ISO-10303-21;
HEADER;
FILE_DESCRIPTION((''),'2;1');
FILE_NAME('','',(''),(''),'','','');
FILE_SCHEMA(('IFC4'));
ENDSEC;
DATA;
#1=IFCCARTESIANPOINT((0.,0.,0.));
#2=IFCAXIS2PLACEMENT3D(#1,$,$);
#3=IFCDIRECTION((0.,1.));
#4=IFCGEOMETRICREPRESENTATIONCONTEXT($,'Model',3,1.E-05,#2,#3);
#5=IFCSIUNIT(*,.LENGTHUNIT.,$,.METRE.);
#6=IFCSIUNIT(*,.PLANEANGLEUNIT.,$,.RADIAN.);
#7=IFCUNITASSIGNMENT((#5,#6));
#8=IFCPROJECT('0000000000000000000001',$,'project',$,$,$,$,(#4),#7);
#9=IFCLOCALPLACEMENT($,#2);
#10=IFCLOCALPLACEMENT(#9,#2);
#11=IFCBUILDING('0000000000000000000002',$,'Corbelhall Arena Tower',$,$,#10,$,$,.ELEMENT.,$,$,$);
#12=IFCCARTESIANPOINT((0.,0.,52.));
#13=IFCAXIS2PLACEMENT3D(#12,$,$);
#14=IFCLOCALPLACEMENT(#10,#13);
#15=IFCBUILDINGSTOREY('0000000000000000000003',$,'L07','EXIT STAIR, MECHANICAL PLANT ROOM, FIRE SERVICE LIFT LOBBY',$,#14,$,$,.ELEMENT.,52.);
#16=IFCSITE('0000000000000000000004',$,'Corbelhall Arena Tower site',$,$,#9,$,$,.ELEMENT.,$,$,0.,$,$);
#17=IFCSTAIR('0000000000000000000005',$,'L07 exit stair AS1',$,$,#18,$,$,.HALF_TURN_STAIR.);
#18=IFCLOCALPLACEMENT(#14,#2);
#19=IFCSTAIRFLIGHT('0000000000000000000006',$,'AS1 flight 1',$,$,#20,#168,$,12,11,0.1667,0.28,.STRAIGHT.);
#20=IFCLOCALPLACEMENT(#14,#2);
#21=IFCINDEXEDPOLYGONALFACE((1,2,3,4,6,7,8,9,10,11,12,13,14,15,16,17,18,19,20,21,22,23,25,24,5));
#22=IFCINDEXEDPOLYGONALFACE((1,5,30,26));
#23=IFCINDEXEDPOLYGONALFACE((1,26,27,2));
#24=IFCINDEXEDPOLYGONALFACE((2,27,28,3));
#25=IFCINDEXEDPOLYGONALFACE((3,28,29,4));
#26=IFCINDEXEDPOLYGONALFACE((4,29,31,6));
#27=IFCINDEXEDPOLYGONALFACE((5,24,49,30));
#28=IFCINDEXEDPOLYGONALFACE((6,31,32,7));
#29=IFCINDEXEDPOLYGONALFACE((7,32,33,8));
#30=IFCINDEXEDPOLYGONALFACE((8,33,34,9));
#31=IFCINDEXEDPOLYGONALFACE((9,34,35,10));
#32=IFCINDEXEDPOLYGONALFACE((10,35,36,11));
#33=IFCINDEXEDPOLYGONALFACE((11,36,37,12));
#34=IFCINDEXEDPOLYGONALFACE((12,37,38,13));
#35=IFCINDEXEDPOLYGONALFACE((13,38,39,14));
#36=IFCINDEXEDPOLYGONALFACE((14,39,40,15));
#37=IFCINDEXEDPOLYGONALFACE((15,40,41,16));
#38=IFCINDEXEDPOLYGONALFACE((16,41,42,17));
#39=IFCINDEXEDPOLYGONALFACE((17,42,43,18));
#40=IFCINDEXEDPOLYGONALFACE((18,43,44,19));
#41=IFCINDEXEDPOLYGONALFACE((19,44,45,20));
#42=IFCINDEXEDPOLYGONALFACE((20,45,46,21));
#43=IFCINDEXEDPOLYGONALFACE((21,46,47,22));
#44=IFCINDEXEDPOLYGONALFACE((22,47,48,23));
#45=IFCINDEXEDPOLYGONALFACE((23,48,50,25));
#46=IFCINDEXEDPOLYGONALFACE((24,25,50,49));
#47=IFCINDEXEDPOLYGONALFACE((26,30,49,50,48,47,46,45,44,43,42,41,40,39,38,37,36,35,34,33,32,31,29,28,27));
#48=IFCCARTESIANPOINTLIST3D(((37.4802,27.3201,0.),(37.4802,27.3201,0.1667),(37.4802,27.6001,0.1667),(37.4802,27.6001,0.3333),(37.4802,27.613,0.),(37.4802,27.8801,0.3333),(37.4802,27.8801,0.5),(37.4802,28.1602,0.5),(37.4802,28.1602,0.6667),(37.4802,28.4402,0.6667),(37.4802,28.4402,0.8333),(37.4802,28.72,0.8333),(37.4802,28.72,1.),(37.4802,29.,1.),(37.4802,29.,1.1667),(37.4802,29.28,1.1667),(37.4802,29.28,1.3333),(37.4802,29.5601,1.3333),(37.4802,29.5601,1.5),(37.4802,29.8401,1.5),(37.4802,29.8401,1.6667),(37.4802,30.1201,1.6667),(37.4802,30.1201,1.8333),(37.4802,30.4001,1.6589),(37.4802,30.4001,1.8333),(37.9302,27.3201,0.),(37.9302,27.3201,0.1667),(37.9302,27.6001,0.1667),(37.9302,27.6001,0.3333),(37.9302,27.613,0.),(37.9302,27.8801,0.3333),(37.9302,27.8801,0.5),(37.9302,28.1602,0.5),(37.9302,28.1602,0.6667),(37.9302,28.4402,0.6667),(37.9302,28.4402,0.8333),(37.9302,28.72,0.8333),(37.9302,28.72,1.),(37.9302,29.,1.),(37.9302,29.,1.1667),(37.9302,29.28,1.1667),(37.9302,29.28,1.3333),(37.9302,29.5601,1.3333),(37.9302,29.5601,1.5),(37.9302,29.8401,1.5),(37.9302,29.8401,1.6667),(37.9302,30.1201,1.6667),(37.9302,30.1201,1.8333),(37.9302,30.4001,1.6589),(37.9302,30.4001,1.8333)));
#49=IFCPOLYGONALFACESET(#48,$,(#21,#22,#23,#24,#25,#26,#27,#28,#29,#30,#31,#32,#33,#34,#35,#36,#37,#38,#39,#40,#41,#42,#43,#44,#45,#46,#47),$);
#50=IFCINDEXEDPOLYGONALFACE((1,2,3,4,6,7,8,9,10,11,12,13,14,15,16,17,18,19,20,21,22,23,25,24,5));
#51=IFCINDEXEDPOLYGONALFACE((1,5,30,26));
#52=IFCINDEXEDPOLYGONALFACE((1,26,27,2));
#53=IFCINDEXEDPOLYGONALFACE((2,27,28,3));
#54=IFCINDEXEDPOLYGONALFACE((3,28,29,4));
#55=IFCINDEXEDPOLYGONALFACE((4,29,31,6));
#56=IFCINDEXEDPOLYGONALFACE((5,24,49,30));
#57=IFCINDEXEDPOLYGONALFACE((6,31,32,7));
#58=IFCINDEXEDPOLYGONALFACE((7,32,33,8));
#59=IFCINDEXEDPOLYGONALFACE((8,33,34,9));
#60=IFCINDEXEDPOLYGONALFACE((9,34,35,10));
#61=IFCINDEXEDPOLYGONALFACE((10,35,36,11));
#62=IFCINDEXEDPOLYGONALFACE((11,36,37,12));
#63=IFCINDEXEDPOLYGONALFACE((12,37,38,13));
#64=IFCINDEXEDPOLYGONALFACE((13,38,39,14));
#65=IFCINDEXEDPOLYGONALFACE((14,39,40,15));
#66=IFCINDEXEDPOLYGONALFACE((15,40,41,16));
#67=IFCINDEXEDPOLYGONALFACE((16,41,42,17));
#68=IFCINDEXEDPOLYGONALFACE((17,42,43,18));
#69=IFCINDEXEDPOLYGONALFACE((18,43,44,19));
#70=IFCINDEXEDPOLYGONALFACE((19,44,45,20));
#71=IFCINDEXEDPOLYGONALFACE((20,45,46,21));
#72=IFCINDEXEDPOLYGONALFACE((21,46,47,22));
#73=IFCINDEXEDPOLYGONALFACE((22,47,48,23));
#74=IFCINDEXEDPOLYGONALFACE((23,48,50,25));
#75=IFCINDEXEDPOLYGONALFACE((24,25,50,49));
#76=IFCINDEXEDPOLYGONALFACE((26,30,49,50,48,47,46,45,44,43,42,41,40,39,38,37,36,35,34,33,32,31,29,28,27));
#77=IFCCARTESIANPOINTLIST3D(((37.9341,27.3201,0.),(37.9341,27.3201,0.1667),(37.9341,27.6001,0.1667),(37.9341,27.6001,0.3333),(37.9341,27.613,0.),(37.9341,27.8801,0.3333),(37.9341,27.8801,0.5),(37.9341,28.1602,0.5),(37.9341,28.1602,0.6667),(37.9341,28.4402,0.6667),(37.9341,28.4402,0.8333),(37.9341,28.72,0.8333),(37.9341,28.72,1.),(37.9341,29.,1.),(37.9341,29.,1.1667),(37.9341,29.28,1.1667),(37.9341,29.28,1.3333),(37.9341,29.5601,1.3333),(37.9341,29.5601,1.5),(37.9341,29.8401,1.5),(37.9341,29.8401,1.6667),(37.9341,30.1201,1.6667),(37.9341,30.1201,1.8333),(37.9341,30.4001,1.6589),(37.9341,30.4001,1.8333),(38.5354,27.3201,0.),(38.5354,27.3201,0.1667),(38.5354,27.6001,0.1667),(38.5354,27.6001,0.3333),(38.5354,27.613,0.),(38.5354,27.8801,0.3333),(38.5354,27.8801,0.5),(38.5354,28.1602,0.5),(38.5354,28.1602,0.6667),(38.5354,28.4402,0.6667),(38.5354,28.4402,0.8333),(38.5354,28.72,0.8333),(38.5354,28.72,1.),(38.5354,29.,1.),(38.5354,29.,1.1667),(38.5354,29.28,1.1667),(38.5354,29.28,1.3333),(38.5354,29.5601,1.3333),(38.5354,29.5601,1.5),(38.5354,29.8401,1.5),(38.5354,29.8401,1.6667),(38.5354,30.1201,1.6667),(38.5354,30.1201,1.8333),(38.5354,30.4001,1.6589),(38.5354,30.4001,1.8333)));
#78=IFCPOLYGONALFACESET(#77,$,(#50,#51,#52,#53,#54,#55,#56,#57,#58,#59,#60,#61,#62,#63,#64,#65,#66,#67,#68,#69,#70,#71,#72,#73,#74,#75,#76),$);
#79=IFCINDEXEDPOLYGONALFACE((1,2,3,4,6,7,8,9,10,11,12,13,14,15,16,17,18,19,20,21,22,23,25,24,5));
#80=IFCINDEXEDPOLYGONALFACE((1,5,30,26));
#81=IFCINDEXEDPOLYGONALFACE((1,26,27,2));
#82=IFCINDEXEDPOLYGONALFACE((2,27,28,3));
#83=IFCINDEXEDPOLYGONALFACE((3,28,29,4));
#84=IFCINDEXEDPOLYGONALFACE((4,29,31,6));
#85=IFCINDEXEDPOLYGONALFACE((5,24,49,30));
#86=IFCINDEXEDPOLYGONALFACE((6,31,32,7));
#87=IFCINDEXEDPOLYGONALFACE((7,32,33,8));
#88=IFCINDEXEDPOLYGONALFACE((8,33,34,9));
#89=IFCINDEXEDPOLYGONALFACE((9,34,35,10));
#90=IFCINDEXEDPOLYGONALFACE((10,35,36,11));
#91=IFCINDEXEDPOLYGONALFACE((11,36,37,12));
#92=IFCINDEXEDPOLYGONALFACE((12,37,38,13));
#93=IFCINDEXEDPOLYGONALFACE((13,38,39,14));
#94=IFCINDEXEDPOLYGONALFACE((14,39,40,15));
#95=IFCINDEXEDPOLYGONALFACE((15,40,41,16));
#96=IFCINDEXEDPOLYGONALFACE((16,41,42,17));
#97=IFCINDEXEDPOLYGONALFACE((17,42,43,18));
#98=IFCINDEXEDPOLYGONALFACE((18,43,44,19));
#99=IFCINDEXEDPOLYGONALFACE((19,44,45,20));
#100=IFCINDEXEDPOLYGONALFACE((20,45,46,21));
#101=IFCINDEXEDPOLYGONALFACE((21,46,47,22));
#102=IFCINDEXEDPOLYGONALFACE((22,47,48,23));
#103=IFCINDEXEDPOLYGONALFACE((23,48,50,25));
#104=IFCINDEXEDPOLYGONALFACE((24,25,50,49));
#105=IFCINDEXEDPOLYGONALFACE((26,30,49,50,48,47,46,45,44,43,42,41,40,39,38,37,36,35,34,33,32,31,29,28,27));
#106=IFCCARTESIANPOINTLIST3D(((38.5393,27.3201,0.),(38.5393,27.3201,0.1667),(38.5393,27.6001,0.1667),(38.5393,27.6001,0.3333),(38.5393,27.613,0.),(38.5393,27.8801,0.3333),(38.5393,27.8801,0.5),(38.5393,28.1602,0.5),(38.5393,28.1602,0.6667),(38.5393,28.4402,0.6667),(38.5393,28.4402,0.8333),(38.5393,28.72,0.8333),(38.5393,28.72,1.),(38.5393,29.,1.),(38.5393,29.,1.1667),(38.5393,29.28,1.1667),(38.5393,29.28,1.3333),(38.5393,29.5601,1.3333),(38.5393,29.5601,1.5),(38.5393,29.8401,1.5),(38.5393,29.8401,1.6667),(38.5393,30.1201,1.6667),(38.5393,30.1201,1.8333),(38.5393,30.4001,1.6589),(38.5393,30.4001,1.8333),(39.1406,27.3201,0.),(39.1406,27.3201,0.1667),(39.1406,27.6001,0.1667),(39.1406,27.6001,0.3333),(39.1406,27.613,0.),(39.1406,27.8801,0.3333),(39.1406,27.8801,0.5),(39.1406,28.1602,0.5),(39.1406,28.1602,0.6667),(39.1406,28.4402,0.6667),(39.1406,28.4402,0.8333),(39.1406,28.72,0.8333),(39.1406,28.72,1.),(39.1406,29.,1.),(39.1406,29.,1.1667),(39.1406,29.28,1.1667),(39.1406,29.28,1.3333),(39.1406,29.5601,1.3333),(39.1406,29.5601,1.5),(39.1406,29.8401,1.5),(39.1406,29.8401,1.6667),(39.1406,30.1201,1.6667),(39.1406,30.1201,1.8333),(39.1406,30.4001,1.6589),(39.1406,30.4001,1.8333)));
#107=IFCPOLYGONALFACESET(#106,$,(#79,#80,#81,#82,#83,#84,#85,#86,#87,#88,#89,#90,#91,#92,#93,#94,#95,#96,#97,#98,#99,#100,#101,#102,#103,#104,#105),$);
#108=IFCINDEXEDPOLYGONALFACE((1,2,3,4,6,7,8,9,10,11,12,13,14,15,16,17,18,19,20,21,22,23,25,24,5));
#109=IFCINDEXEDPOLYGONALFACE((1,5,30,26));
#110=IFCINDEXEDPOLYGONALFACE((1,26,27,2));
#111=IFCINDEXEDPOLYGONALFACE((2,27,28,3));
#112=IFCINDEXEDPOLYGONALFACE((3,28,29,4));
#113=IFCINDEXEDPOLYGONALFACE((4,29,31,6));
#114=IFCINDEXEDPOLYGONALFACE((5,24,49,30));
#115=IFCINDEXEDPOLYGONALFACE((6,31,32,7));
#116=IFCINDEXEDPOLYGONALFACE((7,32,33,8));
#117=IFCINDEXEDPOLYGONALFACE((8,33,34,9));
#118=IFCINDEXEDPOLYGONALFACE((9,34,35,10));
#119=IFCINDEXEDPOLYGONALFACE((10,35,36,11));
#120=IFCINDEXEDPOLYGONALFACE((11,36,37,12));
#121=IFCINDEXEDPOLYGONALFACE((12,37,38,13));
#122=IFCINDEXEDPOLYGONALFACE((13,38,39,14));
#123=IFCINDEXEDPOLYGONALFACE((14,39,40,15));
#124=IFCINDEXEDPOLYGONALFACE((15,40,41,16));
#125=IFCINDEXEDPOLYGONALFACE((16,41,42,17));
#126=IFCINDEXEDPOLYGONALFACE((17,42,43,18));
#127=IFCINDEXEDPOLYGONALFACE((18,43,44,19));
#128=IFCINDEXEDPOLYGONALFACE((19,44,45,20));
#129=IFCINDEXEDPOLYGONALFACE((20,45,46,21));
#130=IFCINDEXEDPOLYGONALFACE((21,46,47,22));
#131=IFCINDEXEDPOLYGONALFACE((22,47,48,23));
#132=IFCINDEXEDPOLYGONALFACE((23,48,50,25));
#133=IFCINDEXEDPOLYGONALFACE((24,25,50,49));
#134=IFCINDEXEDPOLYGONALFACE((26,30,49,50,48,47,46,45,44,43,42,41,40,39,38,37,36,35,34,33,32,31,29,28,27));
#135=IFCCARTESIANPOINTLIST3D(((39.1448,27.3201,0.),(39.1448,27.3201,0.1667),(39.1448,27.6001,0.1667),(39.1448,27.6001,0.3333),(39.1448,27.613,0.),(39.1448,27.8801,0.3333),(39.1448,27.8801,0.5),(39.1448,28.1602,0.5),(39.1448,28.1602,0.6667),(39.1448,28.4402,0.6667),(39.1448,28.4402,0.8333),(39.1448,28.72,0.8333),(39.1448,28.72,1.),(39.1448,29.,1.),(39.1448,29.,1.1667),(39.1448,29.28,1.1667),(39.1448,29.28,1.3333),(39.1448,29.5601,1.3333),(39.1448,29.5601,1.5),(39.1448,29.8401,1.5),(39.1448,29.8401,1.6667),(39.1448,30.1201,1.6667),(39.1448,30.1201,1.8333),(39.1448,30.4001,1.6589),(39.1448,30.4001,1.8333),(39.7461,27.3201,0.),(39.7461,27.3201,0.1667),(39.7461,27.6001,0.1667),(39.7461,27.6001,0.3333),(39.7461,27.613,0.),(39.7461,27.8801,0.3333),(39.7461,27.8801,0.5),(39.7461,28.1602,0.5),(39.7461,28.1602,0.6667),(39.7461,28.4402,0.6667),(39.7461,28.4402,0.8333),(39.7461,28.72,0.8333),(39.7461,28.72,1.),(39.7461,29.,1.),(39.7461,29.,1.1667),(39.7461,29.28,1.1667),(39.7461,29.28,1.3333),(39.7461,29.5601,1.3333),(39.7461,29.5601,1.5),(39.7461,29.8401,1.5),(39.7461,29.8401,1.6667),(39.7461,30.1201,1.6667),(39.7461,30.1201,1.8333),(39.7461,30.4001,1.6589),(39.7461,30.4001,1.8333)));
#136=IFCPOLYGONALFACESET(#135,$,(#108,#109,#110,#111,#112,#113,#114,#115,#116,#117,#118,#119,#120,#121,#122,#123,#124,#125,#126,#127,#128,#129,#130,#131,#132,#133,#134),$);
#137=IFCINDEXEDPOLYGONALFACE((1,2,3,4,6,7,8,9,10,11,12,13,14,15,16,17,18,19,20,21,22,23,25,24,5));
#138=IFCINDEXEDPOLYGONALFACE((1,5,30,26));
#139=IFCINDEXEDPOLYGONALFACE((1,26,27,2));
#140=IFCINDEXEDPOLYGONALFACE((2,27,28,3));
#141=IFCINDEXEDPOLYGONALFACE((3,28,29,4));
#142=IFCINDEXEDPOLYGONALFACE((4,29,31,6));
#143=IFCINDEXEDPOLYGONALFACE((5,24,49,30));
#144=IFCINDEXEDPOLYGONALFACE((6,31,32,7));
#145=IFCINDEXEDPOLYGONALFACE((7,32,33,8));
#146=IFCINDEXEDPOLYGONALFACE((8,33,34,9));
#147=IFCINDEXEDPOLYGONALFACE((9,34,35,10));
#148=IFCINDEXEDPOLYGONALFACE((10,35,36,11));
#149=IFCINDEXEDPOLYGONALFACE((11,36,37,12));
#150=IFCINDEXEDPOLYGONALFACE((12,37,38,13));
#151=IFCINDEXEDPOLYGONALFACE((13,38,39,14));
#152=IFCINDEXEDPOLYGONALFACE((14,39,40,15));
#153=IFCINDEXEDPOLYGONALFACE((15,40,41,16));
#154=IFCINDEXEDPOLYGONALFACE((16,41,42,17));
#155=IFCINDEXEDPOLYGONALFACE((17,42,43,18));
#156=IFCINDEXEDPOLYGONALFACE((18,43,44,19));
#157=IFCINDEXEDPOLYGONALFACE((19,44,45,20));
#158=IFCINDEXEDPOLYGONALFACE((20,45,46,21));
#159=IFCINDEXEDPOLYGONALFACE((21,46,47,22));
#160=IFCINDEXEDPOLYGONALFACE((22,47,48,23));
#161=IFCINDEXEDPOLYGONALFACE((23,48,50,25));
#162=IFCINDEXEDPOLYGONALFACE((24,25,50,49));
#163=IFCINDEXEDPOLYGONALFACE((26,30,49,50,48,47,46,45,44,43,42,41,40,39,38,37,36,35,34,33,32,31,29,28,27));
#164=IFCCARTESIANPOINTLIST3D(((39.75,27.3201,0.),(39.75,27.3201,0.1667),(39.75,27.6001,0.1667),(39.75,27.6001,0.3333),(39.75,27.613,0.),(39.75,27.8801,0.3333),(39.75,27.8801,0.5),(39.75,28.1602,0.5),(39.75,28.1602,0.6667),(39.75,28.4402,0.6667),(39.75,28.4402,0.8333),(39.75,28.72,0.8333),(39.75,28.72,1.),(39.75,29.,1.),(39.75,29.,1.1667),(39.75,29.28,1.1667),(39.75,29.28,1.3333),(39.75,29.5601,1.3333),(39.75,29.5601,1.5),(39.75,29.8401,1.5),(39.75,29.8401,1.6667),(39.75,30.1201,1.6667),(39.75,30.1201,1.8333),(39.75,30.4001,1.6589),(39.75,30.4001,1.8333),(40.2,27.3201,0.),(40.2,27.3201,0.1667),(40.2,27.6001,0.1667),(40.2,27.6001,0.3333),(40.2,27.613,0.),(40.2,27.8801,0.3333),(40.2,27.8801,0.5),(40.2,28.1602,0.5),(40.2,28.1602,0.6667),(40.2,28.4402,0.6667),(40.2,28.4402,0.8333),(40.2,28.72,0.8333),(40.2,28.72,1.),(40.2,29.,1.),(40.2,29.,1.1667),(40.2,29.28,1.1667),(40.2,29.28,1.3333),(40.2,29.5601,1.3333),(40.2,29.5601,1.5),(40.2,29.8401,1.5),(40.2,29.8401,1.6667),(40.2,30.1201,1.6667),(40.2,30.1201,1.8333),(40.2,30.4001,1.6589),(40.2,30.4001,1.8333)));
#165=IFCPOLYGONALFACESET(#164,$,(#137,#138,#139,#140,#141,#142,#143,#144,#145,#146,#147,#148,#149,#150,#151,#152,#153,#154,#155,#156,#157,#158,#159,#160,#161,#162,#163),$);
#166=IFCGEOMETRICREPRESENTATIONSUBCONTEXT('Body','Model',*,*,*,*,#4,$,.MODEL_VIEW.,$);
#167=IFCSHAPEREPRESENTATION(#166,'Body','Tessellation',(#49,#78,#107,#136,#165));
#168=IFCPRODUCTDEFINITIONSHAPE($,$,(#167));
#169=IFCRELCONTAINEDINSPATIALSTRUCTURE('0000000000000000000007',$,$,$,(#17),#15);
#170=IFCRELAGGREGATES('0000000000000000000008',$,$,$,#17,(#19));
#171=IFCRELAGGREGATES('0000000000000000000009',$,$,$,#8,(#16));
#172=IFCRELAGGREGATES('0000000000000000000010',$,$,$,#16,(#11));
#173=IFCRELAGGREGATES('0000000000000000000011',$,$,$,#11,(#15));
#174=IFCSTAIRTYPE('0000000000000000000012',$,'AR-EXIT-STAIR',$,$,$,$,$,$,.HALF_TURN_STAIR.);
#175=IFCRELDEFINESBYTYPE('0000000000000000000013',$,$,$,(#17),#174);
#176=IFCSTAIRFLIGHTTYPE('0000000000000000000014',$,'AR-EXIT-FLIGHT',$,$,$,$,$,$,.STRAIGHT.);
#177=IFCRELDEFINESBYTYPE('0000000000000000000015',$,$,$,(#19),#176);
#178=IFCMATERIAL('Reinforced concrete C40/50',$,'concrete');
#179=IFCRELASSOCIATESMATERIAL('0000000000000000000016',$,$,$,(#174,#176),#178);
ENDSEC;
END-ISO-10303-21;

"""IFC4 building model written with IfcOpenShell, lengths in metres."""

from ifc_helpers import new_model, si_unit, direction, frame, origin, place, context, subcontext, project, spatial, polyline, outline, extrude, material, type_object, element, aggregate, save


model = new_model("IFC4")

# Units and contexts
model_context = context("Model", 3, precision=1e-05, world=origin(), true_north=direction((0.0, 1.0)))
body_context = subcontext(model_context, "Body", "Model", "MODEL_VIEW")
ifc_project = project(units=[si_unit("LENGTHUNIT", "METRE"), si_unit("PLANEANGLEUNIT", "RADIAN")], contexts=[model_context])

# Site, building, storey
site_placement = place(None, origin())
site = spatial("IfcSite", under=ifc_project, at=site_placement, Name="Corbelhall Arena Tower site", CompositionType="ELEMENT", RefElevation=0.0)
building_placement = place(site_placement, origin())
building = spatial("IfcBuilding", under=site, at=building_placement, Name="Corbelhall Arena Tower", CompositionType="ELEMENT")
storey_placement = place(building_placement, frame((0.0, 0.0, 52.0)))
storey = spatial("IfcBuildingStorey", under=building, at=storey_placement, Name="L07", Description="EXIT STAIR, MECHANICAL PLANT ROOM, FIRE SERVICE LIFT LOBBY", CompositionType="ELEMENT", Elevation=52.0)

# Shared definitions
ifc_material_1 = material(Name="Reinforced concrete C40/50", Category="concrete")

# Stair, stair flight
stair_type = type_object("IfcStairType", Name="AR-EXIT-STAIR", PredefinedType="HALF_TURN_STAIR", material=ifc_material_1)
stair_1_placement = place(storey_placement, origin())
stair_1 = element("IfcStair", 1, at=stair_1_placement, inside=storey, type_object=stair_type, Name="L07 exit stair AS1", PredefinedType="HALF_TURN_STAIR")
stair_flight_type = type_object("IfcStairFlightType", Name="AR-EXIT-FLIGHT", PredefinedType="STRAIGHT", material=ifc_material_1)
stair_flight_1_placement = place(storey_placement, frame((38.8401, 27.3201, 0.0), z_axis=(0.0, 0.0, 1.0), x_axis=(0.0, 1.0, 0.0)))
stair_flight_1 = element("IfcStairFlight", 2, at=stair_flight_1_placement, type_object=stair_flight_type, Name="AS1 flight 1", NumberOfRisers=12, NumberOfTreads=11, PredefinedType="STRAIGHT", RiserHeight=0.1667, TreadLength=0.28, context=body_context, shape_type="SweptSolid", body=[
    extrude(outline(polyline([(0.0, 0.0), (0.0, 0.1667), (0.28, 0.1667), (0.28, 0.3333), (0.5601, 0.3333), (0.5601, 0.5), (0.8401, 0.5), (0.8401, 0.6667), (1.1201, 0.6667), (1.1201, 0.8333), (1.3999, 0.8333), (1.3999, 1.0), (1.6799, 1.0), (1.6799, 1.1667), (1.96, 1.1667), (1.96, 1.3333), (2.24, 1.3333), (2.24, 1.5), (2.52, 1.5), (2.52, 1.6667), (2.8, 1.6667), (2.8, 1.8333), (3.0801, 1.8333), (3.0801, 2.0), (3.0801, 1.6589), (0.293, 0.0), (0.0, 0.0)])), frame((0.0, 1.3599, 0.0), z_axis=(0.0, -1.0, 0.0), x_axis=(1.0, 0.0, 0.0)), (0.0, 0.0, 1.0), 0.45),
    extrude(outline(polyline([(0.0, 0.0), (0.0, 0.1667), (0.28, 0.1667), (0.28, 0.3333), (0.5601, 0.3333), (0.5601, 0.5), (0.8401, 0.5), (0.8401, 0.6667), (1.1201, 0.6667), (1.1201, 0.8333), (1.3999, 0.8333), (1.3999, 1.0), (1.6799, 1.0), (1.6799, 1.1667), (1.96, 1.1667), (1.96, 1.3333), (2.24, 1.3333), (2.24, 1.5), (2.52, 1.5), (2.52, 1.6667), (2.8, 1.6667), (2.8, 1.8333), (3.0801, 1.8333), (3.0801, 2.0), (3.0801, 1.6589), (0.293, 0.0), (0.0, 0.0)])), frame((0.0, 0.906, 0.0), z_axis=(0.0, -1.0, 0.0), x_axis=(1.0, 0.0, 0.0)), (0.0, 0.0, 1.0), 0.6013),
    extrude(outline(polyline([(0.0, 0.0), (0.0, 0.1667), (0.28, 0.1667), (0.28, 0.3333), (0.5601, 0.3333), (0.5601, 0.5), (0.8401, 0.5), (0.8401, 0.6667), (1.1201, 0.6667), (1.1201, 0.8333), (1.3999, 0.8333), (1.3999, 1.0), (1.6799, 1.0), (1.6799, 1.1667), (1.96, 1.1667), (1.96, 1.3333), (2.24, 1.3333), (2.24, 1.5), (2.52, 1.5), (2.52, 1.6667), (2.8, 1.6667), (2.8, 1.8333), (3.0801, 1.8333), (3.0801, 2.0), (3.0801, 1.6589), (0.293, 0.0), (0.0, 0.0)])), frame((0.0, 0.3008, 0.0), z_axis=(0.0, -1.0, 0.0), x_axis=(1.0, 0.0, 0.0)), (0.0, 0.0, 1.0), 0.6013),
    extrude(outline(polyline([(0.0, 0.0), (0.0, 0.1667), (0.28, 0.1667), (0.28, 0.3333), (0.5601, 0.3333), (0.5601, 0.5), (0.8401, 0.5), (0.8401, 0.6667), (1.1201, 0.6667), (1.1201, 0.8333), (1.3999, 0.8333), (1.3999, 1.0), (1.6799, 1.0), (1.6799, 1.1667), (1.96, 1.1667), (1.96, 1.3333), (2.24, 1.3333), (2.24, 1.5), (2.52, 1.5), (2.52, 1.6667), (2.8, 1.6667), (2.8, 1.8333), (3.0801, 1.8333), (3.0801, 2.0), (3.0801, 1.6589), (0.293, 0.0), (0.0, 0.0)])), frame((0.0, -0.3047, 0.0), z_axis=(0.0, -1.0, 0.0), x_axis=(1.0, 0.0, 0.0)), (0.0, 0.0, 1.0), 0.6013),
    extrude(outline(polyline([(0.0, 0.0), (0.0, 0.1667), (0.28, 0.1667), (0.28, 0.3333), (0.5601, 0.3333), (0.5601, 0.5), (0.8401, 0.5), (0.8401, 0.6667), (1.1201, 0.6667), (1.1201, 0.8333), (1.3999, 0.8333), (1.3999, 1.0), (1.6799, 1.0), (1.6799, 1.1667), (1.96, 1.1667), (1.96, 1.3333), (2.24, 1.3333), (2.24, 1.5), (2.52, 1.5), (2.52, 1.6667), (2.8, 1.6667), (2.8, 1.8333), (3.0801, 1.8333), (3.0801, 2.0), (3.0801, 1.6589), (0.293, 0.0), (0.0, 0.0)])), frame((0.0, -0.9099, 0.0), z_axis=(0.0, -1.0, 0.0), x_axis=(1.0, 0.0, 0.0)), (0.0, 0.0, 1.0), 0.45),
])
aggregate(stair_1, [stair_flight_1])

save(model, "model.ifc")
